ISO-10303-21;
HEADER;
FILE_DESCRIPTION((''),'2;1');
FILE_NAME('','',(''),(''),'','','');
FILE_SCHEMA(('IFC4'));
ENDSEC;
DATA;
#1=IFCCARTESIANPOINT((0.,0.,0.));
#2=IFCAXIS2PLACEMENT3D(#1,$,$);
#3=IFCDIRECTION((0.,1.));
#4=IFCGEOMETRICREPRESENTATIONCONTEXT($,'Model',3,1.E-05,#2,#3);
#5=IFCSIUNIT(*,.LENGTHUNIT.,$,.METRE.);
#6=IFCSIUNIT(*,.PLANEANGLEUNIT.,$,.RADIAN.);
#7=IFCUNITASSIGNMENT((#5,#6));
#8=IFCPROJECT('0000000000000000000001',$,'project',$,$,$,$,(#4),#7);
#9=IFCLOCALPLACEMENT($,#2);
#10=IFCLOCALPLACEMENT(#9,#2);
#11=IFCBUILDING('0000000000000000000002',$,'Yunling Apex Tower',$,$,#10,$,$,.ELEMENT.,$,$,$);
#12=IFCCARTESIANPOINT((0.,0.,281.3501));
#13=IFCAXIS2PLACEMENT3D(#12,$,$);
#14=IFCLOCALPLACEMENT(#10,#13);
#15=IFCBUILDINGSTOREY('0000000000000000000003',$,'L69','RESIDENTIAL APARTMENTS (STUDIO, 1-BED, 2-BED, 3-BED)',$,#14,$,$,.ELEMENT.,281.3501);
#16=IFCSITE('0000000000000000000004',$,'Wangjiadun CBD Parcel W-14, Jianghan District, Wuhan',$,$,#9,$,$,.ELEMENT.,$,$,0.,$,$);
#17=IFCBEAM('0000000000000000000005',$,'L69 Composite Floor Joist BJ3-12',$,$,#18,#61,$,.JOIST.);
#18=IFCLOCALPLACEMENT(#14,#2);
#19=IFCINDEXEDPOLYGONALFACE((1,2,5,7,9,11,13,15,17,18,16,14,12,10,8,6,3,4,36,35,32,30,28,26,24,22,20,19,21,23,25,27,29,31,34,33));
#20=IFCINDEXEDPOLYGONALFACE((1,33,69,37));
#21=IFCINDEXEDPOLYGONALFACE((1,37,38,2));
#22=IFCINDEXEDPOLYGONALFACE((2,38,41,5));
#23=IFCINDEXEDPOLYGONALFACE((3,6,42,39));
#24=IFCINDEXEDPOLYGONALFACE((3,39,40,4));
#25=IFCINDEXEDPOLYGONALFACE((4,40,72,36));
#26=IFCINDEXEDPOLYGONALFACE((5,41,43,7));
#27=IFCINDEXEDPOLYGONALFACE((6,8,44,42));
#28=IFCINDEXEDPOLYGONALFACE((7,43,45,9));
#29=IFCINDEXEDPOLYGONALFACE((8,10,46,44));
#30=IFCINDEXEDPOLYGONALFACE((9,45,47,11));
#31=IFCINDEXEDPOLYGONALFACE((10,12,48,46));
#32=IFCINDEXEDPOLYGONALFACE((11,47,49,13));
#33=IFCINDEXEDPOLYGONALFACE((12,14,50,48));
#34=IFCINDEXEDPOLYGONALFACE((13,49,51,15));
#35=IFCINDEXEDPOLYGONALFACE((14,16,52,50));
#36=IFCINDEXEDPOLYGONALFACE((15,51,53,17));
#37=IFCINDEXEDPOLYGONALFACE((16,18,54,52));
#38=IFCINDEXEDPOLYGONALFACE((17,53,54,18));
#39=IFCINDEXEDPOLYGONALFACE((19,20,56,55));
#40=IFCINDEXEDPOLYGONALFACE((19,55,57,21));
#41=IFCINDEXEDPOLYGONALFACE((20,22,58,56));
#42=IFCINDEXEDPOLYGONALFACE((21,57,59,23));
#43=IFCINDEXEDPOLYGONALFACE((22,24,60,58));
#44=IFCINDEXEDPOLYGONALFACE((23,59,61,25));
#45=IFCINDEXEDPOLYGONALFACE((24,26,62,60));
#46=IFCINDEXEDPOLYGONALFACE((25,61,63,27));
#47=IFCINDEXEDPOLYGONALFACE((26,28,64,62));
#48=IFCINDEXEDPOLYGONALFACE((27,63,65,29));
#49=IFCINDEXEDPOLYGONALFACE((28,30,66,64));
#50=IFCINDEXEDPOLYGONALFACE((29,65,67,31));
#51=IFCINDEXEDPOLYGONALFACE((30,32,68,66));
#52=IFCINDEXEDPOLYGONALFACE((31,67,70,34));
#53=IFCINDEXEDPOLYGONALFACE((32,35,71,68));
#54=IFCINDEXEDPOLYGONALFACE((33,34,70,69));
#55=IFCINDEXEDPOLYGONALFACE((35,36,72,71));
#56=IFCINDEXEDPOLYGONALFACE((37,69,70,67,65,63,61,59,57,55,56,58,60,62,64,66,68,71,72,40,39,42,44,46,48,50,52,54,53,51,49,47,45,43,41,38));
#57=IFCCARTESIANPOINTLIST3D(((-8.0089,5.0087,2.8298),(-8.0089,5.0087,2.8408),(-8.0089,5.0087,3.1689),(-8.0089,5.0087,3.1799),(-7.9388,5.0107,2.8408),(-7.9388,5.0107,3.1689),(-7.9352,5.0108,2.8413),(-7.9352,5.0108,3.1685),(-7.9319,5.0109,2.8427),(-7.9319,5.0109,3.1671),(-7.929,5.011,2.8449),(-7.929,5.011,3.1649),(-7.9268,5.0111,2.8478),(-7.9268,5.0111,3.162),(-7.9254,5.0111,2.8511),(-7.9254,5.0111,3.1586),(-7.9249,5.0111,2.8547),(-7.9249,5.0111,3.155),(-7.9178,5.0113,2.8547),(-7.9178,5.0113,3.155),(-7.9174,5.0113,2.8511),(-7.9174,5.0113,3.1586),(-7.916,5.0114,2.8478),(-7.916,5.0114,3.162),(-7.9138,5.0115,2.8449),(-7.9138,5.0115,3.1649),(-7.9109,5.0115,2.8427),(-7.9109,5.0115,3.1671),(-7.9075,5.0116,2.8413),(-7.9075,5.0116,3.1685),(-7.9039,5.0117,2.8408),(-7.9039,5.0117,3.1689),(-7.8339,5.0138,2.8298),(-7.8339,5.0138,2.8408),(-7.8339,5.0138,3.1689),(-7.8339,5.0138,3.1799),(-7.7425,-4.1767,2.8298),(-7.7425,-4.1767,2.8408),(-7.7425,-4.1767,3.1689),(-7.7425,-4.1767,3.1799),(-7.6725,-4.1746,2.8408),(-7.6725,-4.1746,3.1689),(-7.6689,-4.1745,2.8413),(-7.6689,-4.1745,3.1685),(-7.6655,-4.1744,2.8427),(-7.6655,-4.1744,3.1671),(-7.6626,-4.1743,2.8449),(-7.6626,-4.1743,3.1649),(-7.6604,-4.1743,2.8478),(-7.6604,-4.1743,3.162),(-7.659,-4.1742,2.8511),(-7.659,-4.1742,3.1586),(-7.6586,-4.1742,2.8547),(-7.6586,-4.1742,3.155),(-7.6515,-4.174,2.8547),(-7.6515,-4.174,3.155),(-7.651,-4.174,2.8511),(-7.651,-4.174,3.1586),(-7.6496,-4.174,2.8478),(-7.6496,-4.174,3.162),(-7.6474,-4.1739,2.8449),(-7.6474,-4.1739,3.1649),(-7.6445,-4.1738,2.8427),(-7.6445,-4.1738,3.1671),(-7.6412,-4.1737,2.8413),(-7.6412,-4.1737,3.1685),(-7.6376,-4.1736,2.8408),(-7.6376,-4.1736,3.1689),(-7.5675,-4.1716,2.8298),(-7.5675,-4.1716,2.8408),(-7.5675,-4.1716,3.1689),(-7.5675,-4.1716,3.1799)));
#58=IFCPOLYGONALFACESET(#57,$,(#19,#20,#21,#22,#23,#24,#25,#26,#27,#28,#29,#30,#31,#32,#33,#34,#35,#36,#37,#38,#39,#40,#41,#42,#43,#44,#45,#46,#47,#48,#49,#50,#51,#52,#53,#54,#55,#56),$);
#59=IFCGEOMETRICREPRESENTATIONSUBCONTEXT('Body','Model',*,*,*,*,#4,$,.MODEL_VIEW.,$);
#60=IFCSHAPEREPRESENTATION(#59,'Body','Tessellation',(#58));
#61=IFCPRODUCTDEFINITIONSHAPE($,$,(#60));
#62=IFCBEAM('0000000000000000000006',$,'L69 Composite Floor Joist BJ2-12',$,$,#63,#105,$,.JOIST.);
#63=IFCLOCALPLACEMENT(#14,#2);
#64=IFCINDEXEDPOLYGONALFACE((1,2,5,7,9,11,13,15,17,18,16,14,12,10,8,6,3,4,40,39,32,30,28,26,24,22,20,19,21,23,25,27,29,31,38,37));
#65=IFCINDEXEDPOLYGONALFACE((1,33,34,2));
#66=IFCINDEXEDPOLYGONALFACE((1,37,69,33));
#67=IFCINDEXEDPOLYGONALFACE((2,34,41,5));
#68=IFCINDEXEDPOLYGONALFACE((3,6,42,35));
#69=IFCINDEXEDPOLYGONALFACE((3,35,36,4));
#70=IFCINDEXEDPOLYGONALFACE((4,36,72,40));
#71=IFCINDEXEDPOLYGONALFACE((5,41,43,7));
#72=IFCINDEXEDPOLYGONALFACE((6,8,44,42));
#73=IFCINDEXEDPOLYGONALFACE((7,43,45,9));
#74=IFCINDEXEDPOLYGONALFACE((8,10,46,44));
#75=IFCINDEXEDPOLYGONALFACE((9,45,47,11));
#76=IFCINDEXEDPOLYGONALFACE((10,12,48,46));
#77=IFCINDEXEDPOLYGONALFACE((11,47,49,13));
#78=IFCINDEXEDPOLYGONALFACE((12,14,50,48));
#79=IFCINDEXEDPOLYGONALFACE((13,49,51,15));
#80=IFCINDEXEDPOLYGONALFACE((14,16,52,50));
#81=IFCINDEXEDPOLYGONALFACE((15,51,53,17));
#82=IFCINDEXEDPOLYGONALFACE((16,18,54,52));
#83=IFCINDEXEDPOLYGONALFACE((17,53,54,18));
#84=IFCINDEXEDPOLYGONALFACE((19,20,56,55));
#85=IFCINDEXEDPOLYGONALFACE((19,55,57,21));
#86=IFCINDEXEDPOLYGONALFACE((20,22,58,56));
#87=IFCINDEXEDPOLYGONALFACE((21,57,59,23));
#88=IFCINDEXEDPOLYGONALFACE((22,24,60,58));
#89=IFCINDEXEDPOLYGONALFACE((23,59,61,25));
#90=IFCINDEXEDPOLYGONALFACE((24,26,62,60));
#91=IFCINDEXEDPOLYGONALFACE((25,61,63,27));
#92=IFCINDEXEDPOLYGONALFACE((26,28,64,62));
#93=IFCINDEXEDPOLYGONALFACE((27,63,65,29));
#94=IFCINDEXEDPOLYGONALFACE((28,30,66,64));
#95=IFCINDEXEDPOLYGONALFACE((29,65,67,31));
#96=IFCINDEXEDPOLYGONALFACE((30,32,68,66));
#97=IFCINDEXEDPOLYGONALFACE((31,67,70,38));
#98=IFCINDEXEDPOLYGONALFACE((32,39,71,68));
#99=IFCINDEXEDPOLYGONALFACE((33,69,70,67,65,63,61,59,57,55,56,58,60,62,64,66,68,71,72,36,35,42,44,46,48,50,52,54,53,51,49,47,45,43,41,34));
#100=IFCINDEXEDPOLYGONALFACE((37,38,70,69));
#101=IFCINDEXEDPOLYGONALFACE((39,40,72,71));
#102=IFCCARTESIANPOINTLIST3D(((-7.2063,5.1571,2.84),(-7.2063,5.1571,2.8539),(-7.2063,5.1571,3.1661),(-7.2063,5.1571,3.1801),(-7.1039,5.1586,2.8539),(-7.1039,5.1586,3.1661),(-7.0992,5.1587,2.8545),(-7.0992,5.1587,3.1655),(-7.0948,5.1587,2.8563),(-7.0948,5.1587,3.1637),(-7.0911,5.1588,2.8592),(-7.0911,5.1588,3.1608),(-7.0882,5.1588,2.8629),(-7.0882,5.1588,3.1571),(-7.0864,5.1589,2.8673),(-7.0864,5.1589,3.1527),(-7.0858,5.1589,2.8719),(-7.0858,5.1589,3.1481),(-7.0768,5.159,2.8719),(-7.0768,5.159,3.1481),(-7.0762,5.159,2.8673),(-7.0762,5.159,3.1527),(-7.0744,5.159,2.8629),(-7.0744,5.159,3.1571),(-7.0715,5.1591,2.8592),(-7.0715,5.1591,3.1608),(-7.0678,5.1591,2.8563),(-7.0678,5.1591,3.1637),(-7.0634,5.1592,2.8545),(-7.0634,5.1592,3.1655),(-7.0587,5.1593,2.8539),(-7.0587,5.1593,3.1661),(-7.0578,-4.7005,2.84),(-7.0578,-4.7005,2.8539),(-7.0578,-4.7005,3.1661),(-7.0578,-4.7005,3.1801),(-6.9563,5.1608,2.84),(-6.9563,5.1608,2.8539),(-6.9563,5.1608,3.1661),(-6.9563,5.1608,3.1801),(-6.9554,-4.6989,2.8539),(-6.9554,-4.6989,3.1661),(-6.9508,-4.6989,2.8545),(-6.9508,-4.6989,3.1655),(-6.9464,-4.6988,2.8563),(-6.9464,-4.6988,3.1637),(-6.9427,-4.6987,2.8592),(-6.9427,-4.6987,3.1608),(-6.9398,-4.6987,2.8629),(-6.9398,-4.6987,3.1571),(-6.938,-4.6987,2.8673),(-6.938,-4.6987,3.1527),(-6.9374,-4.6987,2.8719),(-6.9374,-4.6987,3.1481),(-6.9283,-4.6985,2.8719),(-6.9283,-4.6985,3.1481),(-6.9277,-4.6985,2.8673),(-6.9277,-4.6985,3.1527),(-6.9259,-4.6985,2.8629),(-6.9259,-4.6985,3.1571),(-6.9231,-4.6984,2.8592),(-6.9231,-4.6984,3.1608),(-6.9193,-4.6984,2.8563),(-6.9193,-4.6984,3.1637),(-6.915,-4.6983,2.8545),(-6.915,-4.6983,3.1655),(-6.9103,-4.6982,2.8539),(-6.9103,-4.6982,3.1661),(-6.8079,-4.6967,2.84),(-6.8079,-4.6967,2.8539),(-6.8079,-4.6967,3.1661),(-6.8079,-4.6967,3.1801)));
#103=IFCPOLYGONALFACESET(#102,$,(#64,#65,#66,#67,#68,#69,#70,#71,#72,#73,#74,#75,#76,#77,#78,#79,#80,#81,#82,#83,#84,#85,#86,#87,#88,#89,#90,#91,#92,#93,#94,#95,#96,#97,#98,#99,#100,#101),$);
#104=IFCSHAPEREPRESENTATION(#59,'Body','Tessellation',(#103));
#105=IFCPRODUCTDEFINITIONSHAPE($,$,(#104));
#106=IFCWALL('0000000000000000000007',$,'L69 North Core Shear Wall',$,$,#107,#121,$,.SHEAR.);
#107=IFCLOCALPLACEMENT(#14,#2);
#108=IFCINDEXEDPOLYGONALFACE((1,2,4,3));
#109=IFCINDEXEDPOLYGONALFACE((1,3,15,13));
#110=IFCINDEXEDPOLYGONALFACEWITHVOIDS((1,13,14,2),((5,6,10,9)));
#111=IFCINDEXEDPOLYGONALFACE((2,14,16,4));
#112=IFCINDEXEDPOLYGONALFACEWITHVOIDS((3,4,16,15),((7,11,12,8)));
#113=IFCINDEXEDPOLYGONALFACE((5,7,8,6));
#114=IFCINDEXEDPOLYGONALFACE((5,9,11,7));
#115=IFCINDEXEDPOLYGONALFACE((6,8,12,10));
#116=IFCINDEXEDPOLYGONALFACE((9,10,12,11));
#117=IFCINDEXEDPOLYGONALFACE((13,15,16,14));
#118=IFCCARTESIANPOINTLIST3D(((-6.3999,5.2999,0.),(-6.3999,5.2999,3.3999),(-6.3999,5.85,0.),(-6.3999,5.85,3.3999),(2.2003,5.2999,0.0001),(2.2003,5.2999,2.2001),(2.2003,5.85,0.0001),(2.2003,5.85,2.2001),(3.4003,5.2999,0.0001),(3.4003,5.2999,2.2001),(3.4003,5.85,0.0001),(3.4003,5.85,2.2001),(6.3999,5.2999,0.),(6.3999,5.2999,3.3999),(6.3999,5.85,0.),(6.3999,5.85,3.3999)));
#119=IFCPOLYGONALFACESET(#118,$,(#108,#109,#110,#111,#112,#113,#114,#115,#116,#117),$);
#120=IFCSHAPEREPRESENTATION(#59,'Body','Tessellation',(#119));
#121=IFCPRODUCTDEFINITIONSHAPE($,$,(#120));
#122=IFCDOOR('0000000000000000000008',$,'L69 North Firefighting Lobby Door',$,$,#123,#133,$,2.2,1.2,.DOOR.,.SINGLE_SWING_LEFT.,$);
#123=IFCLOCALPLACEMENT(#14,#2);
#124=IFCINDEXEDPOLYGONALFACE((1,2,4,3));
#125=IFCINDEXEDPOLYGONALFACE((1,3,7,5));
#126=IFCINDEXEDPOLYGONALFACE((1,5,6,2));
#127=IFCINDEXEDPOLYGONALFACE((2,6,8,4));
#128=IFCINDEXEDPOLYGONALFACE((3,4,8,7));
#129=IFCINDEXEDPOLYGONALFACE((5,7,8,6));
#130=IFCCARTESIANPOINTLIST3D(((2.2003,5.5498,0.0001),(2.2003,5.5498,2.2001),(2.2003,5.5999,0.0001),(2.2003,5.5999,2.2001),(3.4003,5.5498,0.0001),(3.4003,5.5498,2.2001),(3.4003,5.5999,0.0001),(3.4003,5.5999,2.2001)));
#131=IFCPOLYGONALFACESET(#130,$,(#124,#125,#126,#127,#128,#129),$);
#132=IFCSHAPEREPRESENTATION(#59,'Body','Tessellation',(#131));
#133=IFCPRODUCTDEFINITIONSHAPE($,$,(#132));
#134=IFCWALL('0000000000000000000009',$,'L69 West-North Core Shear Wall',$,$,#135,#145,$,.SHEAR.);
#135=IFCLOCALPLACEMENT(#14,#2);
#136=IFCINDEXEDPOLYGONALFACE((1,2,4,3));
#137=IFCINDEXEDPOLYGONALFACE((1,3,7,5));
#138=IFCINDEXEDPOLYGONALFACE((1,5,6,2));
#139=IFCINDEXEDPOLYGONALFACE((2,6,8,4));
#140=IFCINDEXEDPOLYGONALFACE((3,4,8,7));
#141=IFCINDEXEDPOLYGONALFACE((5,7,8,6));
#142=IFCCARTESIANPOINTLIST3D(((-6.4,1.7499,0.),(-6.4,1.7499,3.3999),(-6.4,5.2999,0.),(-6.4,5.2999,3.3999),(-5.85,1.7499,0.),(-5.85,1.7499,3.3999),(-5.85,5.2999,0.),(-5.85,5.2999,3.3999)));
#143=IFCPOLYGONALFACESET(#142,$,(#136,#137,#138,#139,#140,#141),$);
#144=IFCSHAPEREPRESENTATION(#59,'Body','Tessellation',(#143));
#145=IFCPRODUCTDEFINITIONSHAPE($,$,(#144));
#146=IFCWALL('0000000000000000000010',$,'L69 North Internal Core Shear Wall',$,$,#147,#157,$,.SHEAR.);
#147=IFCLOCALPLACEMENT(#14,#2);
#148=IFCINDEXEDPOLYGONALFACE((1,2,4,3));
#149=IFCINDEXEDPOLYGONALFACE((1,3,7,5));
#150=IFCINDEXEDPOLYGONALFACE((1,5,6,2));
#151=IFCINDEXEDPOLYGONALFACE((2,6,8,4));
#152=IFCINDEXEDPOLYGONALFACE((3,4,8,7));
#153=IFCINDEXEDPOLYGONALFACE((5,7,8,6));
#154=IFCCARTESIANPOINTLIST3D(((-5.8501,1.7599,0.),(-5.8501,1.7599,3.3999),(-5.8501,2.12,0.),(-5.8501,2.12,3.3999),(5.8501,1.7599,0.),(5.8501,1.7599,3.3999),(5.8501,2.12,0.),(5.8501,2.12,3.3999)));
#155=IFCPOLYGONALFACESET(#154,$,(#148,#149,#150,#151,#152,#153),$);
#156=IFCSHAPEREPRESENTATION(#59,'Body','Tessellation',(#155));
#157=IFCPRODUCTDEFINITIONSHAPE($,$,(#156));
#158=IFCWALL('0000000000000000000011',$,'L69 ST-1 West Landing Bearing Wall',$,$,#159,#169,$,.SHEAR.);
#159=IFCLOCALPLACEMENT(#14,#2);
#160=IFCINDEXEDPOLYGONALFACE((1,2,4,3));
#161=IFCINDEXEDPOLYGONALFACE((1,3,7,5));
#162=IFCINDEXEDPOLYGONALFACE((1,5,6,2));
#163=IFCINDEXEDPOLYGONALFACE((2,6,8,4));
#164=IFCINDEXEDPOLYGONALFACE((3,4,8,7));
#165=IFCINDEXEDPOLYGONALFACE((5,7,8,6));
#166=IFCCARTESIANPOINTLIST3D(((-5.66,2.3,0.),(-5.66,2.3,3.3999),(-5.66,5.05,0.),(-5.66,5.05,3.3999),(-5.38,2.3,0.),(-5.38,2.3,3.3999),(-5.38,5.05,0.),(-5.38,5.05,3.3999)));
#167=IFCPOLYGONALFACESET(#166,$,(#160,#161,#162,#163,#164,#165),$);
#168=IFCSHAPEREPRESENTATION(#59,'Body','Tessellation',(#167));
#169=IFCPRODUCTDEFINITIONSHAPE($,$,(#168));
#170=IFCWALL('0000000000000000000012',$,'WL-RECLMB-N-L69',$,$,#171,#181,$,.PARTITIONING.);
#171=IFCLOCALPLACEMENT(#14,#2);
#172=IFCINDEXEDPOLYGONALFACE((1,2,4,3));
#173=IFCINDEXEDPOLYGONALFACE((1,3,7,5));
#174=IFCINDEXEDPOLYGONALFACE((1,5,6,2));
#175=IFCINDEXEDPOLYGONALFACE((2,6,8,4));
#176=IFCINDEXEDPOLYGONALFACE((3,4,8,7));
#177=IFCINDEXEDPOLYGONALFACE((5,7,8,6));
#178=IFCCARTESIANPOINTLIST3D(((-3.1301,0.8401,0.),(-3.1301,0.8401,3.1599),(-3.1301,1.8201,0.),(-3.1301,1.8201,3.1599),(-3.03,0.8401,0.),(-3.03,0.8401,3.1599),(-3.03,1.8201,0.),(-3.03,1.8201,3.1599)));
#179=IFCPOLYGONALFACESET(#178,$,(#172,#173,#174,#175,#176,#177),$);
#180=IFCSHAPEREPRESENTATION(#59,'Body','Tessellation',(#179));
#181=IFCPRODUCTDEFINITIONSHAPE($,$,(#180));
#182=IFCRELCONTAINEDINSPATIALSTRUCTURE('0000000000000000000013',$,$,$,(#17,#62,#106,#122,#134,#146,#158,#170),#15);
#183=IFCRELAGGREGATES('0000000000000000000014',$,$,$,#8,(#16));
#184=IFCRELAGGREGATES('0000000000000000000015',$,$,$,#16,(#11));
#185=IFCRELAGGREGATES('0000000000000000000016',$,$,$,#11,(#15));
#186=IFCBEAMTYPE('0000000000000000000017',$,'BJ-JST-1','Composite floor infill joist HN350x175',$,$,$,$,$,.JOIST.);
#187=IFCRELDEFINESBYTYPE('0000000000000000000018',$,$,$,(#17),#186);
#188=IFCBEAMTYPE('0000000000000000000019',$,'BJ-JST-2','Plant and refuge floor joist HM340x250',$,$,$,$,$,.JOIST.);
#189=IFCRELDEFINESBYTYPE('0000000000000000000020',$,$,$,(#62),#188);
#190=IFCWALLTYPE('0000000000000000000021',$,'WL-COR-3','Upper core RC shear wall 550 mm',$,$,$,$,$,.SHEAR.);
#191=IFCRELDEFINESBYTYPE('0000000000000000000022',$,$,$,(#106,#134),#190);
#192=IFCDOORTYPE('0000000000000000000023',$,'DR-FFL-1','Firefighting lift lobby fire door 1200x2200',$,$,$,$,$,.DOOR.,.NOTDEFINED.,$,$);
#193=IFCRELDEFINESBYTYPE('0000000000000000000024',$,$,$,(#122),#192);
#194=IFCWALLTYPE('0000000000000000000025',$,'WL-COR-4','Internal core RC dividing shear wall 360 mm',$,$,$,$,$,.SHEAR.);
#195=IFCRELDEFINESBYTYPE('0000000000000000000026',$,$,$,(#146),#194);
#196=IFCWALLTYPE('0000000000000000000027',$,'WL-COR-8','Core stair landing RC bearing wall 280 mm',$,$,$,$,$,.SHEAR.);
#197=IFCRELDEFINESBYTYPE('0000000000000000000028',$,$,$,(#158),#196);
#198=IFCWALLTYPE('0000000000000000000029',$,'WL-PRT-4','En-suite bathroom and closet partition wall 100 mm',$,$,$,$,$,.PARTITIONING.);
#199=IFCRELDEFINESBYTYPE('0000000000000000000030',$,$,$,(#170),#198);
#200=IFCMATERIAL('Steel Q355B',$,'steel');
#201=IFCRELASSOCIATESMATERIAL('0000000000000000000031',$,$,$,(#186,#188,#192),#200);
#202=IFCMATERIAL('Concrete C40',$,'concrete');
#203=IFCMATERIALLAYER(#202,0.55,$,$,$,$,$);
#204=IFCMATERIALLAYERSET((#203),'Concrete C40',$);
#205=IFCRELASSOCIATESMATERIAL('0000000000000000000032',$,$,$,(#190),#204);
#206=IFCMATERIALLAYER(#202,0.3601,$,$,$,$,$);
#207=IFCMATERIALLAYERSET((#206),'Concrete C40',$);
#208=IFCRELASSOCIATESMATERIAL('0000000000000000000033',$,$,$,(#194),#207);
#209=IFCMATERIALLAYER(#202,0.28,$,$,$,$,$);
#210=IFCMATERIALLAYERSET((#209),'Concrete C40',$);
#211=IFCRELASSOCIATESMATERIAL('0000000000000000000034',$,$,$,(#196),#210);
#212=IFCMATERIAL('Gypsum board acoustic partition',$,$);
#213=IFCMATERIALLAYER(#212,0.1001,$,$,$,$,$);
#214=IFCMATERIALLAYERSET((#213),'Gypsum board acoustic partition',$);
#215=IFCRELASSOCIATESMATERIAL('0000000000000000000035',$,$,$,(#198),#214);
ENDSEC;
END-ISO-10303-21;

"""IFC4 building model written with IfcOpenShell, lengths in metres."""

from ifc_helpers import new_model, si_unit, direction, frame, frame_2d, origin, origin_2d, place, context, subcontext, project, spatial, rectangle, i_section, extrude, source, transform, mapped, material, layer, layer_set, material_profile, profile_set, type_object, element, fill, save


model = new_model("IFC4")

# Units and contexts
model_context = context("Model", 3, precision=1e-05, world=origin(), true_north=direction((0.0, 1.0)))
body_context = subcontext(model_context, "Body", "Model", "MODEL_VIEW")
ifc_project = project(units=[si_unit("LENGTHUNIT", "METRE"), si_unit("PLANEANGLEUNIT", "RADIAN")], contexts=[model_context])

# Site, building, storey
site_placement = place(None, origin())
site = spatial("IfcSite", under=ifc_project, at=site_placement, Name="Wangjiadun CBD Parcel W-14, Jianghan District, Wuhan", CompositionType="ELEMENT", RefElevation=0.0)
building_placement = place(site_placement, origin())
building = spatial("IfcBuilding", under=site, at=building_placement, Name="Yunling Apex Tower", CompositionType="ELEMENT")
storey_placement = place(building_placement, frame((0.0, 0.0, 281.3501)))
storey = spatial("IfcBuildingStorey", under=building, at=storey_placement, Name="L69", Description="RESIDENTIAL APARTMENTS (STUDIO, 1-BED, 2-BED, 3-BED)", CompositionType="ELEMENT", Elevation=281.3501)

# Beams
ifc_material_1 = material(Name="Steel Q355B", Category="steel")
ifc_material_profile_1 = material_profile(ifc_material_1, i_section(OverallWidth=0.175, OverallDepth=0.3501, WebThickness=0.0071, FlangeThickness=0.011, FilletRadius=0.0139, at=origin_2d()))
ifc_profile_set_1 = profile_set([ifc_material_profile_1], Name="Steel Q355B")
beam_type_1 = type_object("IfcBeamType", Name="BJ-JST-1", Description="Composite floor infill joist HN350x175", PredefinedType="JOIST", material=ifc_profile_set_1)
shared_shape_1 = source(origin(), body_context, "Body", "SweptSolid", [
    extrude(i_section(OverallWidth=0.175, OverallDepth=0.3501, WebThickness=0.0071, FlangeThickness=0.011, FilletRadius=0.0139, at=origin_2d()), origin(), (0.0, 0.0, 1.0), 9.1892),
])
beam_1_placement = place(storey_placement, frame((-7.9214, 5.0112, 3.0049), z_axis=(0.028986, -0.99958, 0.0), x_axis=(0.99958, 0.028986, 0.0)))
element("IfcBeam", 1, at=beam_1_placement, inside=storey, type_object=beam_type_1, Name="L69 Composite Floor Joist BJ3-12", PredefinedType="JOIST", context=body_context, shape_type="MappedRepresentation", body=[
    mapped(shared_shape_1, transform((0.0, 0.0, 0.0), scale=1.0)),
])
ifc_material_profile_2 = material_profile(ifc_material_1, i_section(OverallWidth=0.25, OverallDepth=0.3401, WebThickness=0.009, FlangeThickness=0.0139, FilletRadius=0.0181, at=origin_2d()))
ifc_profile_set_2 = profile_set([ifc_material_profile_2], Name="Steel Q355B")
beam_type_2 = type_object("IfcBeamType", Name="BJ-JST-2", Description="Plant and refuge floor joist HM340x250", PredefinedType="JOIST", material=ifc_profile_set_2)
shared_shape_2 = source(origin(), body_context, "Body", "SweptSolid", [
    extrude(i_section(OverallWidth=0.25, OverallDepth=0.3401, WebThickness=0.009, FlangeThickness=0.0139, FilletRadius=0.0181, at=origin_2d()), origin(), (0.0, 0.0, 1.0), 9.8586),
])
beam_2_placement = place(storey_placement, frame((-7.0813, 5.1589, 3.01), z_axis=(0.015057, -0.999887, 0.0), x_axis=(0.999887, 0.015057, 0.0)))
element("IfcBeam", 2, at=beam_2_placement, inside=storey, type_object=beam_type_2, Name="L69 Composite Floor Joist BJ2-12", PredefinedType="JOIST", context=body_context, shape_type="MappedRepresentation", body=[
    mapped(shared_shape_2, transform((0.0, 0.0, 0.0), scale=1.0)),
])

# Wall, opening, door
ifc_material_2 = material(Name="Concrete C40", Category="concrete")
ifc_layer_1 = layer(ifc_material_2, 0.55)
ifc_layer_set_1 = layer_set([ifc_layer_1], Name="Concrete C40")
wall_type_1 = type_object("IfcWallType", Name="WL-COR-3", Description="Upper core RC shear wall 550 mm", PredefinedType="SHEAR", material=ifc_layer_set_1)
wall_1_placement = place(storey_placement, frame((-6.3999, 5.575, 0.0), z_axis=(0.0, 0.0, 1.0), x_axis=(1.0, 0.0, 0.0)))
wall_1 = element("IfcWall", 3, at=wall_1_placement, inside=storey, type_object=wall_type_1, Name="L69 North Core Shear Wall", PredefinedType="SHEAR", context=body_context, shape_type="SweptSolid", body=[
    extrude(rectangle(XDim=12.7998, YDim=0.55, at=frame_2d((6.3999, 0.0))), origin(), (0.0, 0.0, 1.0), 3.3999),
])
opening_1_placement = place(wall_1_placement, frame((8.6001, 0.0, 0.0)))
opening_1 = element("IfcOpeningElement", 4, at=opening_1_placement, cuts=wall_1, PredefinedType="OPENING", context=body_context, shape_type="SweptSolid", body=[
    extrude(rectangle(XDim=1.2, YDim=2.2, at=frame_2d((0.6001, 1.1001))), frame((0.0, 0.2852, 0.0), z_axis=(0.0, -1.0, 0.0), x_axis=(1.0, 0.0, 0.0)), (0.0, 0.0, 1.0), 0.5701),
])
door_type_1 = type_object("IfcDoorType", Name="DR-FFL-1", Description="Firefighting lift lobby fire door 1200x2200", OperationType="NOTDEFINED", PredefinedType="DOOR", material=ifc_material_1)
door_1_placement = place(opening_1_placement, origin())
door_1 = element("IfcDoor", 5, at=door_1_placement, inside=storey, type_object=door_type_1, Name="L69 North Firefighting Lobby Door", OperationType="SINGLE_SWING_LEFT", OverallHeight=2.2, OverallWidth=1.2, PredefinedType="DOOR", context=body_context, shape_type="SweptSolid", body=[
    extrude(rectangle(XDim=1.2, YDim=2.2, at=frame_2d((0.6001, 1.1001))), frame((0.0, 0.0249, 0.0), z_axis=(0.0, -1.0, 0.0), x_axis=(1.0, 0.0, 0.0)), (0.0, 0.0, 1.0), 0.05),
])
fill(opening_1, door_1)

# Walls
wall_2_placement = place(storey_placement, frame((-6.125, 1.75, 0.0), z_axis=(0.0, 0.0, 1.0), x_axis=(0.0, 1.0, 0.0)))
element("IfcWall", 6, at=wall_2_placement, inside=storey, type_object=wall_type_1, Name="L69 West-North Core Shear Wall", PredefinedType="SHEAR", context=body_context, shape_type="SweptSolid", body=[
    extrude(rectangle(XDim=3.55, YDim=0.55, at=frame_2d((1.7749, 0.0))), origin(), (0.0, 0.0, 1.0), 3.3999),
])
ifc_layer_2 = layer(ifc_material_2, 0.3601)
ifc_layer_set_2 = layer_set([ifc_layer_2], Name="Concrete C40")
wall_type_2 = type_object("IfcWallType", Name="WL-COR-4", Description="Internal core RC dividing shear wall 360 mm", PredefinedType="SHEAR", material=ifc_layer_set_2)
wall_3_placement = place(storey_placement, frame((-5.8501, 1.9399, 0.0), z_axis=(0.0, 0.0, 1.0), x_axis=(1.0, 0.0, 0.0)))
element("IfcWall", 7, at=wall_3_placement, inside=storey, type_object=wall_type_2, Name="L69 North Internal Core Shear Wall", PredefinedType="SHEAR", context=body_context, shape_type="SweptSolid", body=[
    extrude(rectangle(XDim=11.7002, YDim=0.3601, at=frame_2d((5.8501, 0.0))), origin(), (0.0, 0.0, 1.0), 3.3999),
])
ifc_layer_3 = layer(ifc_material_2, 0.28)
ifc_layer_set_3 = layer_set([ifc_layer_3], Name="Concrete C40")
wall_type_3 = type_object("IfcWallType", Name="WL-COR-8", Description="Core stair landing RC bearing wall 280 mm", PredefinedType="SHEAR", material=ifc_layer_set_3)
wall_4_placement = place(storey_placement, frame((-5.52, 2.3, 0.0), z_axis=(0.0, 0.0, 1.0), x_axis=(0.0, 1.0, 0.0)))
element("IfcWall", 8, at=wall_4_placement, inside=storey, type_object=wall_type_3, Name="L69 ST-1 West Landing Bearing Wall", PredefinedType="SHEAR", context=body_context, shape_type="SweptSolid", body=[
    extrude(rectangle(XDim=2.75, YDim=0.28, at=frame_2d((1.375, 0.0))), origin(), (0.0, 0.0, 1.0), 3.3999),
])
ifc_material_3 = material(Name="Gypsum board acoustic partition")
ifc_layer_4 = layer(ifc_material_3, 0.1001)
ifc_layer_set_4 = layer_set([ifc_layer_4], Name="Gypsum board acoustic partition")
wall_type_4 = type_object("IfcWallType", Name="WL-PRT-4", Description="En-suite bathroom and closet partition wall 100 mm", PredefinedType="PARTITIONING", material=ifc_layer_set_4)
wall_5_placement = place(storey_placement, frame((-3.0801, 0.8401, 0.0), z_axis=(0.0, 0.0, 1.0), x_axis=(0.0, 1.0, 0.0)))
element("IfcWall", 9, at=wall_5_placement, inside=storey, type_object=wall_type_4, Name="WL-RECLMB-N-L69", PredefinedType="PARTITIONING", context=body_context, shape_type="SweptSolid", body=[
    extrude(rectangle(XDim=0.98, YDim=0.1001, at=frame_2d((0.49, 0.0))), origin(), (0.0, 0.0, 1.0), 3.1599),
])

save(model, "model.ifc")
